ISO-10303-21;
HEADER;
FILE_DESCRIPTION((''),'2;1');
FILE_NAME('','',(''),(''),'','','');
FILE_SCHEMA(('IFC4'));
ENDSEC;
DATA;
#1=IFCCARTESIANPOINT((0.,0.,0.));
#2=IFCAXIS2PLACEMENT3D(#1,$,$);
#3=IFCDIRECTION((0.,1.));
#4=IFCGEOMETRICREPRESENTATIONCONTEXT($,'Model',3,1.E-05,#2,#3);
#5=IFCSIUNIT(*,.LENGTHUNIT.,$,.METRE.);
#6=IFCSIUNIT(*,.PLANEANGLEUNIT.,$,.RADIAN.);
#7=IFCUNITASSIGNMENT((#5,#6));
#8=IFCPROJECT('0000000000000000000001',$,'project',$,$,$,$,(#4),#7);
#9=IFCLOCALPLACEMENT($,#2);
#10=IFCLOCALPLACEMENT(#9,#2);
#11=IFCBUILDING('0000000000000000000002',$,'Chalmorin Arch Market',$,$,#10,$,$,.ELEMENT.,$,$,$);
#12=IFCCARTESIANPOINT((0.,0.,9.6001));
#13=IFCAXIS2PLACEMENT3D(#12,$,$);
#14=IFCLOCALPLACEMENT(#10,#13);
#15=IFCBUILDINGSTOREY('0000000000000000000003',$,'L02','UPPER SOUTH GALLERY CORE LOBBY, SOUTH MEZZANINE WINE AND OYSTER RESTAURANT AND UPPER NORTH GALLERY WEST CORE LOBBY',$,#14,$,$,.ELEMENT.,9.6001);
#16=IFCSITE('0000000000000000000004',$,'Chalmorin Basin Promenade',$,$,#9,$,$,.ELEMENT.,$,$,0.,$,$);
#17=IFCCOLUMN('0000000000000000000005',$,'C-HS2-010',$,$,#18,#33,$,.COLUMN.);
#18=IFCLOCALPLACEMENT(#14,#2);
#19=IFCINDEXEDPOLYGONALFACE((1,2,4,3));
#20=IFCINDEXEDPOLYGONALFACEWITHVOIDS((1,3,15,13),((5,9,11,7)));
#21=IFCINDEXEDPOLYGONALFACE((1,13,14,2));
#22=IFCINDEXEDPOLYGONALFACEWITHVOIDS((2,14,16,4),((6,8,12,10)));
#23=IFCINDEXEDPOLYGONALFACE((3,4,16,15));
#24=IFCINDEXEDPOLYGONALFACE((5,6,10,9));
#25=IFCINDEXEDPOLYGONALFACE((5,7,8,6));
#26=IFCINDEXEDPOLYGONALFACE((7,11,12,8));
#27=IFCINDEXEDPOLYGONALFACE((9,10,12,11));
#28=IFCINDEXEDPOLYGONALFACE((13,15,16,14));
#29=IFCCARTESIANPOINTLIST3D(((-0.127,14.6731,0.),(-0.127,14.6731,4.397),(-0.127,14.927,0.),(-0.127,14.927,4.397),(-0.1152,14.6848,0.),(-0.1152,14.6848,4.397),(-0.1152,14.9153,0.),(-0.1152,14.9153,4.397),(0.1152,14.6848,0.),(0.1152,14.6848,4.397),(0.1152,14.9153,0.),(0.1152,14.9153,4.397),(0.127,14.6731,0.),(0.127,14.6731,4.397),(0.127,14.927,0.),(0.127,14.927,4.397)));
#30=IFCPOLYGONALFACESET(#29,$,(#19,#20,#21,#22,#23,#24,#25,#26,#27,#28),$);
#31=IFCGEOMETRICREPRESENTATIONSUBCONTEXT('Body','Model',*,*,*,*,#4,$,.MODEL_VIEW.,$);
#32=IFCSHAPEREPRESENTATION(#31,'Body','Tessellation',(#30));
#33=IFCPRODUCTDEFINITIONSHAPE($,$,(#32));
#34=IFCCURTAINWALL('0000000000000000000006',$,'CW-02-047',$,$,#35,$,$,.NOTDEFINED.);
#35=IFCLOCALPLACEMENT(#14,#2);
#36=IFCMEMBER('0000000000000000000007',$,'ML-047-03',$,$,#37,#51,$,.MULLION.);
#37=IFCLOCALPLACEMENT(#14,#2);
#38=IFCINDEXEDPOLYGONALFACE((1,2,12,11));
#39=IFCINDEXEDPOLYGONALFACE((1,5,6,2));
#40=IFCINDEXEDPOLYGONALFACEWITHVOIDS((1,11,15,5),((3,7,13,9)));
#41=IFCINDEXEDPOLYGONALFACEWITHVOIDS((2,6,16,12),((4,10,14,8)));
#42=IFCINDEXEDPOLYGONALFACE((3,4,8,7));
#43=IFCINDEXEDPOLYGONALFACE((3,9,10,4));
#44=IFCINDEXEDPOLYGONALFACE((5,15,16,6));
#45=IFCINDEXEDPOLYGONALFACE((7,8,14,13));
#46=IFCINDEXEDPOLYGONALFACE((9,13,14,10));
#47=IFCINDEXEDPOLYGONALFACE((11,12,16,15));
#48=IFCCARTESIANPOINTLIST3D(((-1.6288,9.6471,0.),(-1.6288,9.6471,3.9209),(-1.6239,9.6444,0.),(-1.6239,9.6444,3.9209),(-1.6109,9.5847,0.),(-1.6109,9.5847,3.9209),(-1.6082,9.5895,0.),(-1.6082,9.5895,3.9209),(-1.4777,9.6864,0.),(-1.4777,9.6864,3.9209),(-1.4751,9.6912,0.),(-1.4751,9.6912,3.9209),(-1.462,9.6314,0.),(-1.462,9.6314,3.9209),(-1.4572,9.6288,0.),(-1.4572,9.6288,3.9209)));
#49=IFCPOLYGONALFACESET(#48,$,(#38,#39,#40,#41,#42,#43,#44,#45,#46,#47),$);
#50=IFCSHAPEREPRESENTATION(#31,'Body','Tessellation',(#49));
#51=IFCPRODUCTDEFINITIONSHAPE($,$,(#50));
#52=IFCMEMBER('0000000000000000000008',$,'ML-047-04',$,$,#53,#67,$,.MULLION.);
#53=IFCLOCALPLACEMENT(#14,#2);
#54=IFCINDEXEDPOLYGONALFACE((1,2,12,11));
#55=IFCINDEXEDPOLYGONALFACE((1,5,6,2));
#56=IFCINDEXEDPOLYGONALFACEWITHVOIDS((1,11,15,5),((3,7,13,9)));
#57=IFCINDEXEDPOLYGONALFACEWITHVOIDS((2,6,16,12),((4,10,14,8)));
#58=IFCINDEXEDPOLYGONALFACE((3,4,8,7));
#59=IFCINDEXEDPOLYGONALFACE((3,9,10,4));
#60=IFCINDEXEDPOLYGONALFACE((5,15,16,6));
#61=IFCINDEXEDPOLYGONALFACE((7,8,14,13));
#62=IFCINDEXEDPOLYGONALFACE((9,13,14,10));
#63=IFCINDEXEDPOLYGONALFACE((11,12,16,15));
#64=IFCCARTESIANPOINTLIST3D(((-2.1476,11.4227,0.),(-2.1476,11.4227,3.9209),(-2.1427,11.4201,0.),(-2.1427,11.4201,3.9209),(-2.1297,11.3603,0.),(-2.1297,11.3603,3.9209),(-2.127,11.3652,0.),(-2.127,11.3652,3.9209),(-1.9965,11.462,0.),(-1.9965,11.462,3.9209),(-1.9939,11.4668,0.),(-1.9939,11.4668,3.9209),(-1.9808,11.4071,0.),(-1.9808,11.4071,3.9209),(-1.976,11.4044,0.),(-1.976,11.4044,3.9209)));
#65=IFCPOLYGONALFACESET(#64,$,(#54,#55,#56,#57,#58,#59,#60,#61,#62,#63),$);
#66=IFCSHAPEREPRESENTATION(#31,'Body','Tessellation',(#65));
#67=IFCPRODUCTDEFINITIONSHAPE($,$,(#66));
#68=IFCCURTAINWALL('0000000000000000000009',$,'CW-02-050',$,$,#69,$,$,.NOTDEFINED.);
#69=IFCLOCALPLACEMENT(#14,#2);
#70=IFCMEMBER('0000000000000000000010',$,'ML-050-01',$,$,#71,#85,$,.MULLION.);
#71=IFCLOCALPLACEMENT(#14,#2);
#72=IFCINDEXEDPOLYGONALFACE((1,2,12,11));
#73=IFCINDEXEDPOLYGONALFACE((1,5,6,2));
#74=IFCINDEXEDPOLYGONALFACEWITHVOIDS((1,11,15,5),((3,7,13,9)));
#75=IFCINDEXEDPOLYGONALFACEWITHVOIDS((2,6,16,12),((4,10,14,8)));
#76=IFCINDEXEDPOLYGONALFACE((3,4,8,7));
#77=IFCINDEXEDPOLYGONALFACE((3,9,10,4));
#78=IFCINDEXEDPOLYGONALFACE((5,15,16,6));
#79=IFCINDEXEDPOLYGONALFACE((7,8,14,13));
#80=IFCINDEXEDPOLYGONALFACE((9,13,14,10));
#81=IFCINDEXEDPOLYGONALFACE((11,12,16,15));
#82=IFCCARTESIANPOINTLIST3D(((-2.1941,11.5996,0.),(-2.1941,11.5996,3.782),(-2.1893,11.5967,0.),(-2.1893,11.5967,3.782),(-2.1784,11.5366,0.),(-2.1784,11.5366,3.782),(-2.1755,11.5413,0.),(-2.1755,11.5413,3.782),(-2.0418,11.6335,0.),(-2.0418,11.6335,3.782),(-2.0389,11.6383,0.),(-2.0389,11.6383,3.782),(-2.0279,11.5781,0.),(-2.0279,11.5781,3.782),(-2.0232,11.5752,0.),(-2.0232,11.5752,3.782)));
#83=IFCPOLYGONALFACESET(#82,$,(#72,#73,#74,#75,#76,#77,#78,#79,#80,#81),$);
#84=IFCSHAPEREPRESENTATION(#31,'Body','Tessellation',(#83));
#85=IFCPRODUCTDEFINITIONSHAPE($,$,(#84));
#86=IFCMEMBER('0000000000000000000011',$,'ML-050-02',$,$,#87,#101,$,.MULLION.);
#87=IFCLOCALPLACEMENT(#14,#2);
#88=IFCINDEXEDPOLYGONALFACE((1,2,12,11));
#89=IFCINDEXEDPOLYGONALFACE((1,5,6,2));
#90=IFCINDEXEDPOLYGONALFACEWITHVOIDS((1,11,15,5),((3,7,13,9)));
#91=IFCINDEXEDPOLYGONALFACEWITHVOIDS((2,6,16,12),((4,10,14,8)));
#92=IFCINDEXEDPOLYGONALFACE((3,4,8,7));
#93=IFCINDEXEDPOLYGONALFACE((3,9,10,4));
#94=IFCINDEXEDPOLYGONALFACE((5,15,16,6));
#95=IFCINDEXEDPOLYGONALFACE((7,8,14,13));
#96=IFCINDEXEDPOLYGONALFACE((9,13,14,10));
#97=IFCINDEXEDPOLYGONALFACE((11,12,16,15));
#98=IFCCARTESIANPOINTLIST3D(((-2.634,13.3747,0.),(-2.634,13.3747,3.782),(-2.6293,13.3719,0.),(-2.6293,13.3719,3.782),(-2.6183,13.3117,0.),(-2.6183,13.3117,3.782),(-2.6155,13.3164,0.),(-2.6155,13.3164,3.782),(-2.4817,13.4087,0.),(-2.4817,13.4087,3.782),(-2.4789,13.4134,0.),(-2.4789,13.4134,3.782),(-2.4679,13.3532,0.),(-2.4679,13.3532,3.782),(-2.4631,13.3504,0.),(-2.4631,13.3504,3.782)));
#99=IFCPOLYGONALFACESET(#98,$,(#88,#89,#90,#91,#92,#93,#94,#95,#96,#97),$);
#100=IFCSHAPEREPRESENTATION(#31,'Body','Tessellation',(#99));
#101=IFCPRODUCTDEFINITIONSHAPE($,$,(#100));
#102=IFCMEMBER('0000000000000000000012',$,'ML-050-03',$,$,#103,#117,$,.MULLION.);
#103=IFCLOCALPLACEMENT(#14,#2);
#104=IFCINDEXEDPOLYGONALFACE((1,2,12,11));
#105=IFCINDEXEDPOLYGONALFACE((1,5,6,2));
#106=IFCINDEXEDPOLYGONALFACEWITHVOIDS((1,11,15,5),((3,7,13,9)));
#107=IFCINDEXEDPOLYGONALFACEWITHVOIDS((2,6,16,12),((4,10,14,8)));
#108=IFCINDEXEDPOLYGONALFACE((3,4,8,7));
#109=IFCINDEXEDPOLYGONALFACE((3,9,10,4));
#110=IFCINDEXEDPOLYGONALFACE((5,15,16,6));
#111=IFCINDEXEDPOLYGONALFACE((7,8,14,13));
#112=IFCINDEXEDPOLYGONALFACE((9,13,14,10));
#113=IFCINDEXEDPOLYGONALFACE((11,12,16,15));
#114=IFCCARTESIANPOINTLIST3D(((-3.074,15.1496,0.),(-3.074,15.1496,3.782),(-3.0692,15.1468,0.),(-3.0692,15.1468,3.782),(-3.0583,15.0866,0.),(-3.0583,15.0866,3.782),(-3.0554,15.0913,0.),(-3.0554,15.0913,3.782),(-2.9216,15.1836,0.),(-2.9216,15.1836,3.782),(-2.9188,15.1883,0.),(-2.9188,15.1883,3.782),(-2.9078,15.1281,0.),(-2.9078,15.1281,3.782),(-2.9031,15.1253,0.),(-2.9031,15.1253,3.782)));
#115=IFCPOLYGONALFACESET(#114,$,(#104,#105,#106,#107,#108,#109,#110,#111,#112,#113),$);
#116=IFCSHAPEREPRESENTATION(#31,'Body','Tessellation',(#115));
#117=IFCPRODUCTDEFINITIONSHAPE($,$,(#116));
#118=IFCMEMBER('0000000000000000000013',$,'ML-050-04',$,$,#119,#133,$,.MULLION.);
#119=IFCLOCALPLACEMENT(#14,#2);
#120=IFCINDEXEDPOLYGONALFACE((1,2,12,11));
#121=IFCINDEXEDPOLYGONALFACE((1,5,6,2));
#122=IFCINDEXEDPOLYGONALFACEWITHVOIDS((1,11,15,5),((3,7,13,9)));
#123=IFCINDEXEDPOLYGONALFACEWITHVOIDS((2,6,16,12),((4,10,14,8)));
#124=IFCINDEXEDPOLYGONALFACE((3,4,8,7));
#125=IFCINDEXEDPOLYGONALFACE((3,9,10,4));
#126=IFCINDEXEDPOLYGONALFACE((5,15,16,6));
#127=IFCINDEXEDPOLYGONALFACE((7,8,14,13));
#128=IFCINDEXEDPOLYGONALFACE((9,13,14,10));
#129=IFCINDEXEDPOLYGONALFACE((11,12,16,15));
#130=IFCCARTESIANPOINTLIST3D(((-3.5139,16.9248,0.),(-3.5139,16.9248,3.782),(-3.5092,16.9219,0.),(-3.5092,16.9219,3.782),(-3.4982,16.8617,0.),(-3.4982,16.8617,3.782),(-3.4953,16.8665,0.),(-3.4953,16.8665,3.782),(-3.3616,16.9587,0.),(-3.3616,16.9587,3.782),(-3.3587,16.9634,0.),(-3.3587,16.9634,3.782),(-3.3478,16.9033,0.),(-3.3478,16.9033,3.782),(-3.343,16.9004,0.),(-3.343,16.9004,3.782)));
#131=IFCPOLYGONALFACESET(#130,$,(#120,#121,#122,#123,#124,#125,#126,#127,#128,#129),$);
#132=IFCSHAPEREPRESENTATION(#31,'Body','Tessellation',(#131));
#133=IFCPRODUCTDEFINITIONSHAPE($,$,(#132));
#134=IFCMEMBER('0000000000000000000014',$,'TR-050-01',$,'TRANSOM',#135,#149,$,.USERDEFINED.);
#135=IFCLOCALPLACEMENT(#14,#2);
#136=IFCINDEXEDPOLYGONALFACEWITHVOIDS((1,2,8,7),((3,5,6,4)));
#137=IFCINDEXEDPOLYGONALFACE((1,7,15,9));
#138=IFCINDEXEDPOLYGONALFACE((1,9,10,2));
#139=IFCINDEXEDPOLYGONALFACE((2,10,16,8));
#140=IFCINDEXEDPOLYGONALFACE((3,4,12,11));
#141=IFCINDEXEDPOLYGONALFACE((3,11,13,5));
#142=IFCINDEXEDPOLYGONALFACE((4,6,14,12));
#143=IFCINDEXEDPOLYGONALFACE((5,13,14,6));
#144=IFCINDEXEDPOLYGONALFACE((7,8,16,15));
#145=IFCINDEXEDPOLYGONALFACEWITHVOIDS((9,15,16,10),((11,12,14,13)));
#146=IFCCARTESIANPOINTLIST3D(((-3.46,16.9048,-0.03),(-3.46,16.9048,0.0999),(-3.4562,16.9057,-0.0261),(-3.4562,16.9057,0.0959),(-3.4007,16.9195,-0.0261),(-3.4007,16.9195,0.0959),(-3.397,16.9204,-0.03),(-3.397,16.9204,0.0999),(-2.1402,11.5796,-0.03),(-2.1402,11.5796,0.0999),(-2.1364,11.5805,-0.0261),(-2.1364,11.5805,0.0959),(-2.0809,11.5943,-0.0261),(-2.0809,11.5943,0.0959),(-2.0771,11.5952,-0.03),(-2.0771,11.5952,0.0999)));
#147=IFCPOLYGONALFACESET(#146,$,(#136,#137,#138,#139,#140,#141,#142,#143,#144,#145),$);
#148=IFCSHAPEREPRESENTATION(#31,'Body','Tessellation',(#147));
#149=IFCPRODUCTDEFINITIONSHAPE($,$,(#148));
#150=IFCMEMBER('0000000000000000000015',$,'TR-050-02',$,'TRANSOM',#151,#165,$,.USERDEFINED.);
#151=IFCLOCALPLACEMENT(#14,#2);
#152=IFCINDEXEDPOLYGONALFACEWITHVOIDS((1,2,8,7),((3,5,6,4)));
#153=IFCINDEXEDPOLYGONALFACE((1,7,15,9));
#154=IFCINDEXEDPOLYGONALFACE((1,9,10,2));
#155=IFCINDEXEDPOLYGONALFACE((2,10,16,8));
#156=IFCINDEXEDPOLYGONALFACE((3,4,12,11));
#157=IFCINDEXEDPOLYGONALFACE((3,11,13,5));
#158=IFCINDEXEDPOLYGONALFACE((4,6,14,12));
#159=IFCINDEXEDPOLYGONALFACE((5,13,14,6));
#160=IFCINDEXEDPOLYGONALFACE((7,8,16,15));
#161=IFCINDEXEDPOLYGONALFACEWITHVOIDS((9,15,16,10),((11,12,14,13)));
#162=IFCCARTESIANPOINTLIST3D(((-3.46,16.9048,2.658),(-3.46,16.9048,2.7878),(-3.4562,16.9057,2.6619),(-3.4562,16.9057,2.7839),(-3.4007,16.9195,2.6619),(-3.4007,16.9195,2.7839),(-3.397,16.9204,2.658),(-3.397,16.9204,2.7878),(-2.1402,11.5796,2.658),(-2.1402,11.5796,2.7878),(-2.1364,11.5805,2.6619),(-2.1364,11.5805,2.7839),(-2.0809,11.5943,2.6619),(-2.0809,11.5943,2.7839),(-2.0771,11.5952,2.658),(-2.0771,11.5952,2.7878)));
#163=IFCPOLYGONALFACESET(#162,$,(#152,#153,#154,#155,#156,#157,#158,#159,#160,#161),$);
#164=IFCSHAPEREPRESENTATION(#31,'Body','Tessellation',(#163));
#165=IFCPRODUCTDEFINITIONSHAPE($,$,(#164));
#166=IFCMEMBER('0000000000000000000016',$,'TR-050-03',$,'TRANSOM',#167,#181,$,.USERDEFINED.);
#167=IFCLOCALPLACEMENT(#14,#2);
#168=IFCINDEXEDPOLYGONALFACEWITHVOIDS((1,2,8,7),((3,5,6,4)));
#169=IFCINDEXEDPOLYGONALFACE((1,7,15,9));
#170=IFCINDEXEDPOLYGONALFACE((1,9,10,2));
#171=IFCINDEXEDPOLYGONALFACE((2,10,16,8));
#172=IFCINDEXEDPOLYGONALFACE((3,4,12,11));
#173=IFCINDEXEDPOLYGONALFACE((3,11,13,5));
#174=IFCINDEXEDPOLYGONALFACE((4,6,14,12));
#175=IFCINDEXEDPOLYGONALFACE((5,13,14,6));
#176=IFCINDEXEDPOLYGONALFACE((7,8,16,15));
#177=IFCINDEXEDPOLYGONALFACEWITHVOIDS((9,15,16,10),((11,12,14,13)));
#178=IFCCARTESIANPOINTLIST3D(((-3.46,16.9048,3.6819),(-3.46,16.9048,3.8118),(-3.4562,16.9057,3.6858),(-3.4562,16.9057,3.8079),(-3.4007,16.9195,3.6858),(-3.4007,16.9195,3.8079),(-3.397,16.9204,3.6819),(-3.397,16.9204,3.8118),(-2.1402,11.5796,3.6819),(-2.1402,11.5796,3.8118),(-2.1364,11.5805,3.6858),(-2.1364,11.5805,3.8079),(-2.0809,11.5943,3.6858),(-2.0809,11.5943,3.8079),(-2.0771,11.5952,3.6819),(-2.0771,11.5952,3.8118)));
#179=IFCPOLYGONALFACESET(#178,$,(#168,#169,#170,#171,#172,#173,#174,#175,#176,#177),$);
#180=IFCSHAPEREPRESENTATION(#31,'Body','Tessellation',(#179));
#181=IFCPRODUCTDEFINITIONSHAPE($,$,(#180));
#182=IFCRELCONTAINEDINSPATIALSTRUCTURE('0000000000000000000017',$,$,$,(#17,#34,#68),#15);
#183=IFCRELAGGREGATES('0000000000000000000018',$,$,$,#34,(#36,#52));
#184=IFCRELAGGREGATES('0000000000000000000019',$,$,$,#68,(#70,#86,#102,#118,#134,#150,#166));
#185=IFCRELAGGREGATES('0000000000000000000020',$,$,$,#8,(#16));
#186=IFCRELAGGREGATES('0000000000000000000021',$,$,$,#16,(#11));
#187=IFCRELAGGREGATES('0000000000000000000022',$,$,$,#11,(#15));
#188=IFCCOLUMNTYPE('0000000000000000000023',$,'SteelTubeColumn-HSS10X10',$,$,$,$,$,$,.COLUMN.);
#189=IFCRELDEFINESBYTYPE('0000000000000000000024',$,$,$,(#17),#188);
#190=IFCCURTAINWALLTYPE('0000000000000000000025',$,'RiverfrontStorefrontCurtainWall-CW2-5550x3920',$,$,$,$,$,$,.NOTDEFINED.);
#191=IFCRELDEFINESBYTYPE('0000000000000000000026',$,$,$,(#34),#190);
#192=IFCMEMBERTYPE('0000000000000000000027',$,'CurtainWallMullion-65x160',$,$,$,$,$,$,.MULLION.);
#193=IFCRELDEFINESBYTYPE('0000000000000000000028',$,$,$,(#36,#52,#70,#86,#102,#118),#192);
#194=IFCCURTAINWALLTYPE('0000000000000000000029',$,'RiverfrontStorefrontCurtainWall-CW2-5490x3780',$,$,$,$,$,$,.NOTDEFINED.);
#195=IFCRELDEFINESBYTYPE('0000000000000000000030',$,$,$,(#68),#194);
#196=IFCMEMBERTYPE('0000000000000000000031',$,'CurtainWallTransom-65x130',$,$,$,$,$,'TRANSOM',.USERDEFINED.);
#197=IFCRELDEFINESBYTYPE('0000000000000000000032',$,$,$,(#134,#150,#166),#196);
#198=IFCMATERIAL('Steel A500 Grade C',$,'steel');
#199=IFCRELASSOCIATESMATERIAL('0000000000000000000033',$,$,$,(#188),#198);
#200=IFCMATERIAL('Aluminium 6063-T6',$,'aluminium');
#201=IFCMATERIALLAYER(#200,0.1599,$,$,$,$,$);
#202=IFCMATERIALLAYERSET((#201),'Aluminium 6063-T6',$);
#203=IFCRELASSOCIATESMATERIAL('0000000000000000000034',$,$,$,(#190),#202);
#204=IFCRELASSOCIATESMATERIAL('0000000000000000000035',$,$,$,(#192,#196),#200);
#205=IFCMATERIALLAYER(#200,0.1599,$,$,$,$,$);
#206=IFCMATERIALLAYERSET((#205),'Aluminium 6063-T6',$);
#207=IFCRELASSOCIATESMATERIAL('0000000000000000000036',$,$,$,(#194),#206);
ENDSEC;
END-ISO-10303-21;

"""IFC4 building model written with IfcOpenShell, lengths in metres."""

from ifc_helpers import new_model, si_unit, direction, frame, origin, origin_2d, place, context, subcontext, project, spatial, hollow_rectangle, extrude, material, layer, layer_set, material_profile, profile_set, type_object, element, aggregate, save


model = new_model("IFC4")

# Units and contexts
model_context = context("Model", 3, precision=1e-05, world=origin(), true_north=direction((0.0, 1.0)))
body_context = subcontext(model_context, "Body", "Model", "MODEL_VIEW")
ifc_project = project(units=[si_unit("LENGTHUNIT", "METRE"), si_unit("PLANEANGLEUNIT", "RADIAN")], contexts=[model_context])

# Site, building, storey
site_placement = place(None, origin())
site = spatial("IfcSite", under=ifc_project, at=site_placement, Name="Chalmorin Basin Promenade", CompositionType="ELEMENT", RefElevation=0.0)
building_placement = place(site_placement, origin())
building = spatial("IfcBuilding", under=site, at=building_placement, Name="Chalmorin Arch Market", CompositionType="ELEMENT")
storey_placement = place(building_placement, frame((0.0, 0.0, 9.6001)))
storey = spatial("IfcBuildingStorey", under=building, at=storey_placement, Name="L02", Description="UPPER SOUTH GALLERY CORE LOBBY, SOUTH MEZZANINE WINE AND OYSTER RESTAURANT AND UPPER NORTH GALLERY WEST CORE LOBBY", CompositionType="ELEMENT", Elevation=9.6001)

# Column
ifc_material_1 = material(Name="Steel A500 Grade C", Category="steel")
ifc_material_profile_1 = material_profile(ifc_material_1, hollow_rectangle(XDim=0.2539, YDim=0.2539, WallThickness=0.0117, at=origin_2d()), Name="HSS10X10X1/2")
ifc_profile_set_1 = profile_set([ifc_material_profile_1], Name="Steel A500 Grade C")
column_type = type_object("IfcColumnType", Name="SteelTubeColumn-HSS10X10", PredefinedType="COLUMN", material=ifc_profile_set_1)
column_placement = place(storey_placement, frame((0.0, 14.8, 0.0), z_axis=(0.0, 0.0, 1.0), x_axis=(1.0, 0.0, 0.0)))
element("IfcColumn", 1, at=column_placement, inside=storey, type_object=column_type, Name="C-HS2-010", PredefinedType="COLUMN", context=body_context, shape_type="SweptSolid", body=[
    extrude(hollow_rectangle(XDim=0.2539, YDim=0.2539, WallThickness=0.0117, at=origin_2d()), origin(), (0.0, 0.0, 1.0), 4.397),
])

# Curtain walls, members
ifc_material_2 = material(Name="Aluminium 6063-T6", Category="aluminium")
ifc_layer_1 = layer(ifc_material_2, 0.1599)
ifc_layer_set_1 = layer_set([ifc_layer_1], Name="Aluminium 6063-T6")
curtain_wall_type_1 = type_object("IfcCurtainWallType", Name="RiverfrontStorefrontCurtainWall-CW2-5550x3920", PredefinedType="NOTDEFINED", material=ifc_layer_set_1)
curtain_wall_1_placement = place(storey_placement, origin())
curtain_wall_1 = element("IfcCurtainWall", 2, at=curtain_wall_1_placement, inside=storey, type_object=curtain_wall_type_1, Name="CW-02-047", PredefinedType="NOTDEFINED")
ifc_material_profile_2 = material_profile(ifc_material_2, hollow_rectangle(XDim=0.0649, YDim=0.1599, WallThickness=0.0039, at=origin_2d()), Name="ALU65X160X4")
ifc_profile_set_2 = profile_set([ifc_material_profile_2], Name="Aluminium 6063-T6")
member_type_1 = type_object("IfcMemberType", Name="CurtainWallMullion-65x160", PredefinedType="MULLION", material=ifc_profile_set_2)
member_1_placement = place(storey_placement, frame((-1.543, 9.6379, 0.0), z_axis=(0.0, 0.0, 1.0), x_axis=(-0.275637, 0.961262, 0.0)))
member_1 = element("IfcMember", 3, at=member_1_placement, type_object=member_type_1, Name="ML-047-03", PredefinedType="MULLION", context=body_context, shape_type="SweptSolid", body=[
    extrude(hollow_rectangle(XDim=0.0649, YDim=0.1599, WallThickness=0.0039, at=origin_2d()), origin(), (0.0, 0.0, 1.0), 3.9209),
])
member_2_placement = place(storey_placement, frame((-2.0618, 11.4136, 0.0), z_axis=(0.0, 0.0, 1.0), x_axis=(-0.275637, 0.961262, 0.0)))
member_2 = element("IfcMember", 4, at=member_2_placement, type_object=member_type_1, Name="ML-047-04", PredefinedType="MULLION", context=body_context, shape_type="SweptSolid", body=[
    extrude(hollow_rectangle(XDim=0.0649, YDim=0.1599, WallThickness=0.0039, at=origin_2d()), origin(), (0.0, 0.0, 1.0), 3.9209),
])
ifc_layer_2 = layer(ifc_material_2, 0.1599)
ifc_layer_set_2 = layer_set([ifc_layer_2], Name="Aluminium 6063-T6")
curtain_wall_type_2 = type_object("IfcCurtainWallType", Name="RiverfrontStorefrontCurtainWall-CW2-5490x3780", PredefinedType="NOTDEFINED", material=ifc_layer_set_2)
curtain_wall_2_placement = place(storey_placement, origin())
curtain_wall_2 = element("IfcCurtainWall", 5, at=curtain_wall_2_placement, inside=storey, type_object=curtain_wall_type_2, Name="CW-02-050", PredefinedType="NOTDEFINED")
member_3_placement = place(storey_placement, frame((-2.1086, 11.5874, 0.0), z_axis=(0.0, 0.0, 1.0), x_axis=(-0.241922, 0.970296, 0.0)))
member_3 = element("IfcMember", 6, at=member_3_placement, type_object=member_type_1, Name="ML-050-01", PredefinedType="MULLION", context=body_context, shape_type="SweptSolid", body=[
    extrude(hollow_rectangle(XDim=0.0649, YDim=0.1599, WallThickness=0.0039, at=origin_2d()), origin(), (0.0, 0.0, 1.0), 3.782),
])
member_4_placement = place(storey_placement, frame((-2.5486, 13.3625, 0.0), z_axis=(0.0, 0.0, 1.0), x_axis=(-0.241922, 0.970296, 0.0)))
member_4 = element("IfcMember", 7, at=member_4_placement, type_object=member_type_1, Name="ML-050-02", PredefinedType="MULLION", context=body_context, shape_type="SweptSolid", body=[
    extrude(hollow_rectangle(XDim=0.0649, YDim=0.1599, WallThickness=0.0039, at=origin_2d()), origin(), (0.0, 0.0, 1.0), 3.782),
])
member_5_placement = place(storey_placement, frame((-2.9885, 15.1375, 0.0), z_axis=(0.0, 0.0, 1.0), x_axis=(-0.241922, 0.970296, 0.0)))
member_5 = element("IfcMember", 8, at=member_5_placement, type_object=member_type_1, Name="ML-050-03", PredefinedType="MULLION", context=body_context, shape_type="SweptSolid", body=[
    extrude(hollow_rectangle(XDim=0.0649, YDim=0.1599, WallThickness=0.0039, at=origin_2d()), origin(), (0.0, 0.0, 1.0), 3.782),
])
member_6_placement = place(storey_placement, frame((-3.4285, 16.9126, 0.0), z_axis=(0.0, 0.0, 1.0), x_axis=(-0.241922, 0.970296, 0.0)))
member_6 = element("IfcMember", 9, at=member_6_placement, type_object=member_type_1, Name="ML-050-04", PredefinedType="MULLION", context=body_context, shape_type="SweptSolid", body=[
    extrude(hollow_rectangle(XDim=0.0649, YDim=0.1599, WallThickness=0.0039, at=origin_2d()), origin(), (0.0, 0.0, 1.0), 3.782),
])
ifc_material_profile_3 = material_profile(ifc_material_2, hollow_rectangle(XDim=0.0649, YDim=0.1299, WallThickness=0.0039, at=origin_2d()), Name="ALU65X130X4")
ifc_profile_set_3 = profile_set([ifc_material_profile_3], Name="Aluminium 6063-T6")
member_type_2 = type_object("IfcMemberType", Name="CurtainWallTransom-65x130", ElementType="TRANSOM", PredefinedType="USERDEFINED", material=ifc_profile_set_3)
member_7_placement = place(storey_placement, frame((-2.1086, 11.5874, 0.0349), z_axis=(-0.240567, 0.970633, 0.0), x_axis=(-0.970633, -0.240567, 0.0)))
member_7 = element("IfcMember", 10, at=member_7_placement, type_object=member_type_2, Name="TR-050-01", ObjectType="TRANSOM", PredefinedType="USERDEFINED", context=body_context, shape_type="SweptSolid", body=[
    extrude(hollow_rectangle(XDim=0.0649, YDim=0.1299, WallThickness=0.0039, at=origin_2d()), origin(), (0.0, 0.0, 1.0), 5.4863),
])
member_8_placement = place(storey_placement, frame((-2.1086, 11.5874, 2.7229), z_axis=(-0.240567, 0.970633, 0.0), x_axis=(-0.970633, -0.240567, 0.0)))
member_8 = element("IfcMember", 11, at=member_8_placement, type_object=member_type_2, Name="TR-050-02", ObjectType="TRANSOM", PredefinedType="USERDEFINED", context=body_context, shape_type="SweptSolid", body=[
    extrude(hollow_rectangle(XDim=0.0649, YDim=0.1299, WallThickness=0.0039, at=origin_2d()), origin(), (0.0, 0.0, 1.0), 5.4863),
])
member_9_placement = place(storey_placement, frame((-2.1086, 11.5874, 3.7468), z_axis=(-0.240567, 0.970633, 0.0), x_axis=(-0.970633, -0.240567, 0.0)))
member_9 = element("IfcMember", 12, at=member_9_placement, type_object=member_type_2, Name="TR-050-03", ObjectType="TRANSOM", PredefinedType="USERDEFINED", context=body_context, shape_type="SweptSolid", body=[
    extrude(hollow_rectangle(XDim=0.0649, YDim=0.1299, WallThickness=0.0039, at=origin_2d()), origin(), (0.0, 0.0, 1.0), 5.4863),
])

aggregate(curtain_wall_1, [member_1, member_2])
aggregate(curtain_wall_2, [member_3, member_4, member_5, member_6, member_7, member_8, member_9])

save(model, "model.ifc")
